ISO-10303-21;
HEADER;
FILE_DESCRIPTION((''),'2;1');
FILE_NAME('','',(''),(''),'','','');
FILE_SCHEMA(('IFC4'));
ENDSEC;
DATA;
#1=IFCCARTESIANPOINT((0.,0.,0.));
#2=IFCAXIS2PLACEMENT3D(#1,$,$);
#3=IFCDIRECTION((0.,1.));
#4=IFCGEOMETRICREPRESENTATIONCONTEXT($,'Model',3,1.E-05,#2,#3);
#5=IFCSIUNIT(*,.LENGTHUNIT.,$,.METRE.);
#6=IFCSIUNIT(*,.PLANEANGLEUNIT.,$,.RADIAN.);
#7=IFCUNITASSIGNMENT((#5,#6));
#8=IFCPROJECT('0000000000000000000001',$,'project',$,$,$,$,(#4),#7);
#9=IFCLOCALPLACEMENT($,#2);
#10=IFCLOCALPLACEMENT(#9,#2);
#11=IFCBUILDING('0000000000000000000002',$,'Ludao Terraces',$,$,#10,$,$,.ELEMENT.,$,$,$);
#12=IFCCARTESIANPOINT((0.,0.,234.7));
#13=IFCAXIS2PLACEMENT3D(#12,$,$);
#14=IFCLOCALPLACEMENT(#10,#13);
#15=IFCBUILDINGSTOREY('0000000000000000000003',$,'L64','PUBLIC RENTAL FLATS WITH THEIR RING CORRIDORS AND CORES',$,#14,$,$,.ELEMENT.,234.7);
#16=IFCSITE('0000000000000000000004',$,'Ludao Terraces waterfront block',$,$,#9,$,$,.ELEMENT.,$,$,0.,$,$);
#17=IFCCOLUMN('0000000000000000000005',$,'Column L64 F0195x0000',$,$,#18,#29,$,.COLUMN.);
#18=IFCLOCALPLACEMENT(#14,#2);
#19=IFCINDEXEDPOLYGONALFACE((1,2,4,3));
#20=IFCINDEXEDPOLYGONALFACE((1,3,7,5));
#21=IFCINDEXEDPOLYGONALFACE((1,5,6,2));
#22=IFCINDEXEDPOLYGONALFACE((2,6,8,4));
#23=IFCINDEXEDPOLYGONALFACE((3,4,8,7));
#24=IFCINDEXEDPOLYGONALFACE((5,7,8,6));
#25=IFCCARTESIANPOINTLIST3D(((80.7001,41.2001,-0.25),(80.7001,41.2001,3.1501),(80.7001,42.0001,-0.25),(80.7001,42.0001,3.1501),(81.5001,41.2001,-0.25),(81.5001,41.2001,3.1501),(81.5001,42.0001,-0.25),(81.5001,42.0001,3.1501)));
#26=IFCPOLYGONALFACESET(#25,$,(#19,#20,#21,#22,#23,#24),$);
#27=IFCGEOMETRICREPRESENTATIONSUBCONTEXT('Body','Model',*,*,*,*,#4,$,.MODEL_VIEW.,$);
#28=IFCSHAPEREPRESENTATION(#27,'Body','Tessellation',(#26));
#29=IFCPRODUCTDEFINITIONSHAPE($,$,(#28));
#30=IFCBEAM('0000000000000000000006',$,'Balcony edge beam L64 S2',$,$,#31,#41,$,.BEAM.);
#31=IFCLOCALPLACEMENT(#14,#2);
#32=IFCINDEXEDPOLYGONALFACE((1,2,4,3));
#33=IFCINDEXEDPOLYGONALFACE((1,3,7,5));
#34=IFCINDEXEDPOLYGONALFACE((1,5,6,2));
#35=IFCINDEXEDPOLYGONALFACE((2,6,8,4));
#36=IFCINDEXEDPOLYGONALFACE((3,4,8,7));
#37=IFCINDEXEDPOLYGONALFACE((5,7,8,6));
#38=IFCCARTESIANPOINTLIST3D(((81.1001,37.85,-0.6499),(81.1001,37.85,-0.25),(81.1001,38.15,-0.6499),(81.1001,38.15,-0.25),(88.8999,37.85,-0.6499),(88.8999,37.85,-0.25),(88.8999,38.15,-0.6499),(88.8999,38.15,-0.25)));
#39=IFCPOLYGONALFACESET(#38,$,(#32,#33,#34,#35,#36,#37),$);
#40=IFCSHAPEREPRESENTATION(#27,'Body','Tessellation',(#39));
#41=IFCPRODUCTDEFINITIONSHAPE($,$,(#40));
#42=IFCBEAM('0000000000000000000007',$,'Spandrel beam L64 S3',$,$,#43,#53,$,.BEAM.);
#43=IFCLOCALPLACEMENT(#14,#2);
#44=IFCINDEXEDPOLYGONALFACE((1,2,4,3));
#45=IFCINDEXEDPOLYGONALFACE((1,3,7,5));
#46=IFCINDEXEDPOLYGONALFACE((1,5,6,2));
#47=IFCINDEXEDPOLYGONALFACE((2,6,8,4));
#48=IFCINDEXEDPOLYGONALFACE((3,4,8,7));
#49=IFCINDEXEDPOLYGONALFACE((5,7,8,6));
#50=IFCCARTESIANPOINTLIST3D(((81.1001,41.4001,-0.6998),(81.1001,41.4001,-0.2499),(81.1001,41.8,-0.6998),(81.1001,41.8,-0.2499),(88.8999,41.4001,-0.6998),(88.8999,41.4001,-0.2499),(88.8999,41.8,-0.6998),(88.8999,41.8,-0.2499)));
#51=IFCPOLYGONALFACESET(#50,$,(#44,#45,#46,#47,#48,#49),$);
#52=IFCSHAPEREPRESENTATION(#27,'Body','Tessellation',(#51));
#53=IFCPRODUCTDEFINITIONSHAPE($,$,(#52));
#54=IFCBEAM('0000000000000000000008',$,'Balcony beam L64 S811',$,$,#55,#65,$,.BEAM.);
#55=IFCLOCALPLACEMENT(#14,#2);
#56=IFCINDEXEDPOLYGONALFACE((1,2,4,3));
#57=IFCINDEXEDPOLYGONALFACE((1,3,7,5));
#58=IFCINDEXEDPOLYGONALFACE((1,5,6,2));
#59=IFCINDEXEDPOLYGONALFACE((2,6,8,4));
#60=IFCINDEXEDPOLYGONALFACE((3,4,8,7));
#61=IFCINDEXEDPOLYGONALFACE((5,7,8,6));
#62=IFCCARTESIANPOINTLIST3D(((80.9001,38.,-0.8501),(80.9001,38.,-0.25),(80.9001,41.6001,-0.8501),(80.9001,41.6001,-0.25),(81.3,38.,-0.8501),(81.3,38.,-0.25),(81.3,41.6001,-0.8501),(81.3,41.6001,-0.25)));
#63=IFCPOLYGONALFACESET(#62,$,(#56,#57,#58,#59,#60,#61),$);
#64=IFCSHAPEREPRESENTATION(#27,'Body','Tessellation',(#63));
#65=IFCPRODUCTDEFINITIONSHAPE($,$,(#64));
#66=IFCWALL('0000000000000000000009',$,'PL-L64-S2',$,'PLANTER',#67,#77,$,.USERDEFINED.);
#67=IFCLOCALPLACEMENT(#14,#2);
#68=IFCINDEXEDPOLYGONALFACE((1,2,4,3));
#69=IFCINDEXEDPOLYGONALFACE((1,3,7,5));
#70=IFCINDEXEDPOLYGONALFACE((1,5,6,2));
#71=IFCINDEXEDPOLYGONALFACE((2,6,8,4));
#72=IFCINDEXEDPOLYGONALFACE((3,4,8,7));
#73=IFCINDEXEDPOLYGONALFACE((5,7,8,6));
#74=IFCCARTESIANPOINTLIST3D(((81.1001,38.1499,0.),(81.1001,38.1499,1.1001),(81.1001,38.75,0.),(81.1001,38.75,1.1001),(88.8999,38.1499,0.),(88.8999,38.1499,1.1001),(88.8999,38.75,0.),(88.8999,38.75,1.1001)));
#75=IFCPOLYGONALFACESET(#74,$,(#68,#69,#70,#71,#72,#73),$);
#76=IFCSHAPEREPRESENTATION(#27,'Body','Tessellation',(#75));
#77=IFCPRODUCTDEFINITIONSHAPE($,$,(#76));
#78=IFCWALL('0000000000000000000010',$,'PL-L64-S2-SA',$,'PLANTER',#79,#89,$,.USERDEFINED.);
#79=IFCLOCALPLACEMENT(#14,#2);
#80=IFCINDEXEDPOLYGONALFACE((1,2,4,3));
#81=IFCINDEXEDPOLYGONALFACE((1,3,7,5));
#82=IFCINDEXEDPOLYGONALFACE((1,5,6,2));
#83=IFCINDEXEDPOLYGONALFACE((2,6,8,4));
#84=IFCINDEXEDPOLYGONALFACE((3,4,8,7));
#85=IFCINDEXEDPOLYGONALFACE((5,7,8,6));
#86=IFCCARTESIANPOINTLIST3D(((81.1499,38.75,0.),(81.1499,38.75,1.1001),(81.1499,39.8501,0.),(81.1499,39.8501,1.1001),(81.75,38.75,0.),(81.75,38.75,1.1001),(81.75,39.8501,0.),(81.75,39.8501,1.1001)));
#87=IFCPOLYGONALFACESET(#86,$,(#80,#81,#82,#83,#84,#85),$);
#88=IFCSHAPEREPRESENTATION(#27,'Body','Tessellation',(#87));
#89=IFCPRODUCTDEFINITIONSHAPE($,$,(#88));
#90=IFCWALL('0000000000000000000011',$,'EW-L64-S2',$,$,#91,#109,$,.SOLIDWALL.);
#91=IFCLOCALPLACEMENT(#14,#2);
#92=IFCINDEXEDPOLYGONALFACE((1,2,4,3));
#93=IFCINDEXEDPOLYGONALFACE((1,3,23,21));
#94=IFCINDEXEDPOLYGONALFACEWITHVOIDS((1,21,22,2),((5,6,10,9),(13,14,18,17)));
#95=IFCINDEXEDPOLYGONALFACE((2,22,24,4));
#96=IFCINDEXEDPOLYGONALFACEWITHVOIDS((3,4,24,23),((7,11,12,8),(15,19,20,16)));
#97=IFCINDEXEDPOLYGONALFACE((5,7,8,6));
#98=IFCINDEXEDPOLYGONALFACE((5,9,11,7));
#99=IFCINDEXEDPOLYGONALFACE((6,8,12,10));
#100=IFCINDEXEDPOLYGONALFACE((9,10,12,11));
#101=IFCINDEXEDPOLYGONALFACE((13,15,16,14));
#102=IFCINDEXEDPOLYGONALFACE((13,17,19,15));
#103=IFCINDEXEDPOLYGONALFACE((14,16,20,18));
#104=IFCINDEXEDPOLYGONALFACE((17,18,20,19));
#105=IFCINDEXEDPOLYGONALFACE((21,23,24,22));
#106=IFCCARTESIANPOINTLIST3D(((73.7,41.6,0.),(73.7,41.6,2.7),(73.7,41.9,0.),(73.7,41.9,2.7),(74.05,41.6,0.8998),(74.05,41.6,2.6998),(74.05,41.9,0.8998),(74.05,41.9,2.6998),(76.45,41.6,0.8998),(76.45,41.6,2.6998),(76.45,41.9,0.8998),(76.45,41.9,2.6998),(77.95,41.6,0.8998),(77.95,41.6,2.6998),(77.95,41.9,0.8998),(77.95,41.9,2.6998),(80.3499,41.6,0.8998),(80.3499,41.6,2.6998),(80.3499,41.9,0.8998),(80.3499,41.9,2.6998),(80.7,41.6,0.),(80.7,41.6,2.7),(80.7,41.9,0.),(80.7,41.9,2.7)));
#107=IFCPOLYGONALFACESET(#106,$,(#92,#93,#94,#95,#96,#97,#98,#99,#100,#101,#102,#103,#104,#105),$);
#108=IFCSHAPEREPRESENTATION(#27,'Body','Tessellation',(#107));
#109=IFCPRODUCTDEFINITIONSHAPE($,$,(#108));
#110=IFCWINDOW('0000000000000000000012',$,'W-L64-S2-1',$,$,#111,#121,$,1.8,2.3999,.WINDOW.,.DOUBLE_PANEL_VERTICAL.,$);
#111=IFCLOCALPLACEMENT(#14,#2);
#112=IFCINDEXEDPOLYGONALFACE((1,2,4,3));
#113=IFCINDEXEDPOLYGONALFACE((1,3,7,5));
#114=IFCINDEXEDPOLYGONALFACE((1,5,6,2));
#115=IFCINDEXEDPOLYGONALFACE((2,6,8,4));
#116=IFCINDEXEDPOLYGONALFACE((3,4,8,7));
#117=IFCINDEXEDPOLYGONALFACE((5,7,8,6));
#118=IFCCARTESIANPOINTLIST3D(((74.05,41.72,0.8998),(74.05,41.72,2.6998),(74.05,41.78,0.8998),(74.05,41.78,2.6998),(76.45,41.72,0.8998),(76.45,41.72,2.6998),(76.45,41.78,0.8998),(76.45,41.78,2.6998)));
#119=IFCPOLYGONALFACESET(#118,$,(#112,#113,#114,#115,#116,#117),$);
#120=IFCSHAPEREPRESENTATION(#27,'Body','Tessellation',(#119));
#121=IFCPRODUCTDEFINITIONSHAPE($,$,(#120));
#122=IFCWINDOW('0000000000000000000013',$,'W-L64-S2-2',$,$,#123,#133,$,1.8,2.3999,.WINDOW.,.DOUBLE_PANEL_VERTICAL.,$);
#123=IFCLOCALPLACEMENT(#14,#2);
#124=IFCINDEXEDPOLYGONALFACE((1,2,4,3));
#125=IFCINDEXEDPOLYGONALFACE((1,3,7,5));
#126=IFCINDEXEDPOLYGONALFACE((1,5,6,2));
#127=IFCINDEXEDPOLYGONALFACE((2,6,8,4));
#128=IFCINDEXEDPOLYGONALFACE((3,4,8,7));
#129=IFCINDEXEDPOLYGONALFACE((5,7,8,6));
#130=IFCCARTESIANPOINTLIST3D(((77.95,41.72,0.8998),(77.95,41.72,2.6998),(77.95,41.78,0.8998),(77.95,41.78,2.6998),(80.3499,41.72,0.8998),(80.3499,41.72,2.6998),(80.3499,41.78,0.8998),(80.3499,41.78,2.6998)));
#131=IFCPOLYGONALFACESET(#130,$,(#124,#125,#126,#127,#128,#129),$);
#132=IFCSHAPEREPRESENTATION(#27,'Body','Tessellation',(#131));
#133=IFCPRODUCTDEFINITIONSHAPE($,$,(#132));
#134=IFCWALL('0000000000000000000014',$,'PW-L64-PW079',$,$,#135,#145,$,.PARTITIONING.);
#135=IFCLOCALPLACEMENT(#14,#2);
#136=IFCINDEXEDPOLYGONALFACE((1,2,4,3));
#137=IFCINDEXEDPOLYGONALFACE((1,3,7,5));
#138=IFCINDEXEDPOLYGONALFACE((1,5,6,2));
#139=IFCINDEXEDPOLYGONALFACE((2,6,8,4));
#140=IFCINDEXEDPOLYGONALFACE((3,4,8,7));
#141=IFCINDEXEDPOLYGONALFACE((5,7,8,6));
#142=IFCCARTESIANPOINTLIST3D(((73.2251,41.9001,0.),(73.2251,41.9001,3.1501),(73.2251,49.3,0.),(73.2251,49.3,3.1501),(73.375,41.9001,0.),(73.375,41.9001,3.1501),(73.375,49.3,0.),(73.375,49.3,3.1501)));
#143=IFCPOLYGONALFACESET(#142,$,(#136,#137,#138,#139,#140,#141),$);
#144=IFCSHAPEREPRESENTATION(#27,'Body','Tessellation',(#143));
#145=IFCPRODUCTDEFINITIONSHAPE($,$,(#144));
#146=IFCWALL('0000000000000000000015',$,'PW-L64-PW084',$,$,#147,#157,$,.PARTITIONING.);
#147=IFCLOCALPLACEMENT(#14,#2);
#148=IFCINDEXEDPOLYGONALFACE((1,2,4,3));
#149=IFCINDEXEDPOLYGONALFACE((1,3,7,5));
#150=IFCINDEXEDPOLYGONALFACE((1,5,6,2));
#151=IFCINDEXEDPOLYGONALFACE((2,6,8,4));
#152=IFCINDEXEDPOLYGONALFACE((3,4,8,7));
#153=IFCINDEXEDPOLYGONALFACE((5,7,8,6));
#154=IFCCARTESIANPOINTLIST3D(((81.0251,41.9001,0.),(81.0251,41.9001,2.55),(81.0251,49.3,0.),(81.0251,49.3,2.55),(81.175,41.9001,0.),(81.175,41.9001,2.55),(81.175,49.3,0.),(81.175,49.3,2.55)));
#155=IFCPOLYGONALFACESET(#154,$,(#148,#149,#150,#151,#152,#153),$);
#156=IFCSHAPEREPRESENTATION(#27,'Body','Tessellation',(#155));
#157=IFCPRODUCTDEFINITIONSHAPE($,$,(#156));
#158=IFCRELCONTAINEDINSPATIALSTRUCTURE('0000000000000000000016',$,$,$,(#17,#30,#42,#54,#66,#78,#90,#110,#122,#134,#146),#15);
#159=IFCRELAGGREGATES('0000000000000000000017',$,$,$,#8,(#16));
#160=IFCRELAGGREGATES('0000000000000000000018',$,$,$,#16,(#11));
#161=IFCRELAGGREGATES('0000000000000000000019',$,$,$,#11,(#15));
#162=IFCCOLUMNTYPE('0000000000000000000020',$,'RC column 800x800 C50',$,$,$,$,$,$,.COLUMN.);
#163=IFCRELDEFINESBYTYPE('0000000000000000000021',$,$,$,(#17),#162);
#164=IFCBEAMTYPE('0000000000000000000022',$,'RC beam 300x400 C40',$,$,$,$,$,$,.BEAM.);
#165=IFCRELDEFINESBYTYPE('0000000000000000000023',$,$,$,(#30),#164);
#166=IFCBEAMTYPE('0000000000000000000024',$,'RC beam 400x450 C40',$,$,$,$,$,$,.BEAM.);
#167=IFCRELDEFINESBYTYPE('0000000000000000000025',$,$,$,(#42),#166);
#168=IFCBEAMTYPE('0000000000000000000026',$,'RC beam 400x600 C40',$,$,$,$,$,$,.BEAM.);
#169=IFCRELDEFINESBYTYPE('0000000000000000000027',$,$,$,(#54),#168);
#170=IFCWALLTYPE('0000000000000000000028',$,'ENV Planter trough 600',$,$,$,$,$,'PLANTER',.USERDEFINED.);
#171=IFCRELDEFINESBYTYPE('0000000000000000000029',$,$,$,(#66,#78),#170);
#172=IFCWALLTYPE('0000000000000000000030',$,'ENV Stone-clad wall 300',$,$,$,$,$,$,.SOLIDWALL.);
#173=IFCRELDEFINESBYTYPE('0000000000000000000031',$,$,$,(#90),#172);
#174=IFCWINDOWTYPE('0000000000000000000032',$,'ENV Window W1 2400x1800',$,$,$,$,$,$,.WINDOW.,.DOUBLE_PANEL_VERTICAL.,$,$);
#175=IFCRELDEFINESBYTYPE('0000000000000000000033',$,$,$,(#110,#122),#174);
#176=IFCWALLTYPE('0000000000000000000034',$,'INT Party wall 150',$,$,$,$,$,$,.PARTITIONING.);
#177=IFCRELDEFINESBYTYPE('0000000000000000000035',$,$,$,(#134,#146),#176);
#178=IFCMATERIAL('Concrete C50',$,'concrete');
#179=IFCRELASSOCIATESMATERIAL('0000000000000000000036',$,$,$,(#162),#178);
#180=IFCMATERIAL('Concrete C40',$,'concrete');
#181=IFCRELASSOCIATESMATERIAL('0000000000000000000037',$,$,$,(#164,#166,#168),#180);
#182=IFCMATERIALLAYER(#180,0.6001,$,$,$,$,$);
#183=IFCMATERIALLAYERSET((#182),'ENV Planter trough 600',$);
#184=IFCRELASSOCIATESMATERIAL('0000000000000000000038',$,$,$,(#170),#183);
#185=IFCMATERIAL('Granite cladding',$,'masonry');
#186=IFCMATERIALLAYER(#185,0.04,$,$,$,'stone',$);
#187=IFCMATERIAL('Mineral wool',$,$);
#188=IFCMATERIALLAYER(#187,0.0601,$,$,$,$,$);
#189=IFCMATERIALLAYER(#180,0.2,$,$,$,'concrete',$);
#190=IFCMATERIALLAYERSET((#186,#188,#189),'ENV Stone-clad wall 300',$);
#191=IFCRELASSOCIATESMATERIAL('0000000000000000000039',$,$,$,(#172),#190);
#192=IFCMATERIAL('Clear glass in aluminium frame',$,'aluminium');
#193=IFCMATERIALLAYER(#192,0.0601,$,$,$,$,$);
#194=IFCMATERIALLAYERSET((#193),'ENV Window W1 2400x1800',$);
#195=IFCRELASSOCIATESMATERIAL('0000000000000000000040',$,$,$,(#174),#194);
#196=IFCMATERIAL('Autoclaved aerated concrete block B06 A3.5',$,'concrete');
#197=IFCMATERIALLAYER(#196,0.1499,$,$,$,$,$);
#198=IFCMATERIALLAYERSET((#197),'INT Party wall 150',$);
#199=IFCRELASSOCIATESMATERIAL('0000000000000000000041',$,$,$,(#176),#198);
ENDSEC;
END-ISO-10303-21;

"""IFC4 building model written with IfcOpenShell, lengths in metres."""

from ifc_helpers import new_model, si_unit, direction, frame, frame_2d, origin, origin_2d, place, context, subcontext, project, spatial, rectangle, extrude, material, layer, layer_set, material_profile, profile_set, type_object, element, fill, save


model = new_model("IFC4")

# Units and contexts
model_context = context("Model", 3, precision=1e-05, world=origin(), true_north=direction((0.0, 1.0)))
body_context = subcontext(model_context, "Body", "Model", "MODEL_VIEW")
ifc_project = project(units=[si_unit("LENGTHUNIT", "METRE"), si_unit("PLANEANGLEUNIT", "RADIAN")], contexts=[model_context])

# Site, building, storey
site_placement = place(None, origin())
site = spatial("IfcSite", under=ifc_project, at=site_placement, Name="Ludao Terraces waterfront block", CompositionType="ELEMENT", RefElevation=0.0)
building_placement = place(site_placement, origin())
building = spatial("IfcBuilding", under=site, at=building_placement, Name="Ludao Terraces", CompositionType="ELEMENT")
storey_placement = place(building_placement, frame((0.0, 0.0, 234.7)))
storey = spatial("IfcBuildingStorey", under=building, at=storey_placement, Name="L64", Description="PUBLIC RENTAL FLATS WITH THEIR RING CORRIDORS AND CORES", CompositionType="ELEMENT", Elevation=234.7)

# Column
ifc_material_1 = material(Name="Concrete C50", Category="concrete")
ifc_material_profile_1 = material_profile(ifc_material_1, rectangle(XDim=0.8, YDim=0.8, at=origin_2d()), Name="800 X 800")
ifc_profile_set_1 = profile_set([ifc_material_profile_1], Name="Concrete C50")
column_type = type_object("IfcColumnType", Name="RC column 800x800 C50", PredefinedType="COLUMN", material=ifc_profile_set_1)
column_placement = place(storey_placement, frame((81.1001, 41.6001, -0.25), z_axis=(0.0, 0.0, 1.0), x_axis=(1.0, 0.0, 0.0)))
element("IfcColumn", 1, at=column_placement, inside=storey, type_object=column_type, Name="Column L64 F0195x0000", PredefinedType="COLUMN", context=body_context, shape_type="SweptSolid", body=[
    extrude(rectangle(XDim=0.8, YDim=0.8, at=origin_2d()), origin(), (0.0, 0.0, 1.0), 3.4001),
])

# Beams
ifc_material_2 = material(Name="Concrete C40", Category="concrete")
ifc_material_profile_2 = material_profile(ifc_material_2, rectangle(XDim=0.3, YDim=0.3999, at=origin_2d()), Name="300 X 400")
ifc_profile_set_2 = profile_set([ifc_material_profile_2], Name="Concrete C40")
beam_type_1 = type_object("IfcBeamType", Name="RC beam 300x400 C40", PredefinedType="BEAM", material=ifc_profile_set_2)
beam_1_placement = place(storey_placement, frame((81.1001, 38.0, -0.45), z_axis=(1.0, 0.0, 0.0), x_axis=(0.0, 1.0, 0.0)))
element("IfcBeam", 2, at=beam_1_placement, inside=storey, type_object=beam_type_1, Name="Balcony edge beam L64 S2", PredefinedType="BEAM", context=body_context, shape_type="SweptSolid", body=[
    extrude(rectangle(XDim=0.3, YDim=0.3999, at=origin_2d()), origin(), (0.0, 0.0, 1.0), 7.7998),
])
ifc_material_profile_3 = material_profile(ifc_material_2, rectangle(XDim=0.3999, YDim=0.45, at=origin_2d()), Name="400 X 450")
ifc_profile_set_3 = profile_set([ifc_material_profile_3], Name="Concrete C40")
beam_type_2 = type_object("IfcBeamType", Name="RC beam 400x450 C40", PredefinedType="BEAM", material=ifc_profile_set_3)
beam_2_placement = place(storey_placement, frame((81.1001, 41.6001, -0.4749), z_axis=(1.0, 0.0, 0.0), x_axis=(0.0, 1.0, 0.0)))
element("IfcBeam", 3, at=beam_2_placement, inside=storey, type_object=beam_type_2, Name="Spandrel beam L64 S3", PredefinedType="BEAM", context=body_context, shape_type="SweptSolid", body=[
    extrude(rectangle(XDim=0.3999, YDim=0.45, at=origin_2d()), origin(), (0.0, 0.0, 1.0), 7.7998),
])
ifc_material_profile_4 = material_profile(ifc_material_2, rectangle(XDim=0.3999, YDim=0.6001, at=origin_2d()), Name="400 X 600")
ifc_profile_set_4 = profile_set([ifc_material_profile_4], Name="Concrete C40")
beam_type_3 = type_object("IfcBeamType", Name="RC beam 400x600 C40", PredefinedType="BEAM", material=ifc_profile_set_4)
beam_3_placement = place(storey_placement, frame((81.1001, 41.6001, -0.55), z_axis=(0.0, -1.0, 0.0), x_axis=(1.0, 0.0, 0.0)))
element("IfcBeam", 4, at=beam_3_placement, inside=storey, type_object=beam_type_3, Name="Balcony beam L64 S811", PredefinedType="BEAM", context=body_context, shape_type="SweptSolid", body=[
    extrude(rectangle(XDim=0.3999, YDim=0.6001, at=origin_2d()), origin(), (0.0, 0.0, 1.0), 3.6001),
])

# Walls
ifc_layer_1 = layer(ifc_material_2, 0.6001)
ifc_layer_set_1 = layer_set([ifc_layer_1], Name="ENV Planter trough 600")
wall_type_1 = type_object("IfcWallType", Name="ENV Planter trough 600", ElementType="PLANTER", PredefinedType="USERDEFINED", material=ifc_layer_set_1)
wall_1_placement = place(storey_placement, frame((81.1001, 38.45, 0.0), z_axis=(0.0, 0.0, 1.0), x_axis=(1.0, 0.0, 0.0)))
element("IfcWall", 5, at=wall_1_placement, inside=storey, type_object=wall_type_1, Name="PL-L64-S2", ObjectType="PLANTER", PredefinedType="USERDEFINED", context=body_context, shape_type="SweptSolid", body=[
    extrude(rectangle(XDim=7.7998, YDim=0.6001, at=frame_2d((3.8999, 0.0))), origin(), (0.0, 0.0, 1.0), 1.1001),
])
wall_2_placement = place(storey_placement, frame((81.45, 38.75, 0.0), z_axis=(0.0, 0.0, 1.0), x_axis=(0.0, 1.0, 0.0)))
element("IfcWall", 6, at=wall_2_placement, inside=storey, type_object=wall_type_1, Name="PL-L64-S2-SA", ObjectType="PLANTER", PredefinedType="USERDEFINED", context=body_context, shape_type="SweptSolid", body=[
    extrude(rectangle(XDim=1.1001, YDim=0.6001, at=frame_2d((0.55, 0.0))), origin(), (0.0, 0.0, 1.0), 1.1001),
])

# Wall, openings, windows
ifc_material_3 = material(Name="Granite cladding", Category="masonry")
ifc_layer_2 = layer(ifc_material_3, 0.04, Category="stone")
ifc_material_4 = material(Name="Mineral wool")
ifc_layer_3 = layer(ifc_material_4, 0.0601)
ifc_layer_4 = layer(ifc_material_2, 0.2, Category="concrete")
ifc_layer_set_2 = layer_set([ifc_layer_2, ifc_layer_3, ifc_layer_4], Name="ENV Stone-clad wall 300")
wall_type_2 = type_object("IfcWallType", Name="ENV Stone-clad wall 300", PredefinedType="SOLIDWALL", material=ifc_layer_set_2)
wall_3_placement = place(storey_placement, frame((73.7, 41.75, 0.0), z_axis=(0.0, 0.0, 1.0), x_axis=(1.0, 0.0, 0.0)))
wall_3 = element("IfcWall", 7, at=wall_3_placement, inside=storey, type_object=wall_type_2, Name="EW-L64-S2", PredefinedType="SOLIDWALL", context=body_context, shape_type="SweptSolid", body=[
    extrude(rectangle(XDim=7.0, YDim=0.3, at=frame_2d((3.5, 0.0))), origin(), (0.0, 0.0, 1.0), 2.7),
])
opening_1_placement = place(wall_3_placement, frame((0.3501, 0.0, 0.8999)))
opening_1 = element("IfcOpeningElement", 8, at=opening_1_placement, cuts=wall_3, PredefinedType="OPENING", context=body_context, shape_type="SweptSolid", body=[
    extrude(rectangle(XDim=2.3999, YDim=1.8, at=frame_2d((1.2, 0.8999))), frame((0.0, 0.1602, 0.0), z_axis=(0.0, -1.0, 0.0), x_axis=(1.0, 0.0, 0.0)), (0.0, 0.0, 1.0), 0.3201),
])
opening_2_placement = place(wall_3_placement, frame((4.25, 0.0, 0.8999)))
opening_2 = element("IfcOpeningElement", 9, at=opening_2_placement, cuts=wall_3, PredefinedType="OPENING", context=body_context, shape_type="SweptSolid", body=[
    extrude(rectangle(XDim=2.3999, YDim=1.8, at=frame_2d((1.2, 0.8999))), frame((0.0, 0.1602, 0.0), z_axis=(0.0, -1.0, 0.0), x_axis=(1.0, 0.0, 0.0)), (0.0, 0.0, 1.0), 0.3201),
])
ifc_material_5 = material(Name="Clear glass in aluminium frame", Category="aluminium")
ifc_layer_5 = layer(ifc_material_5, 0.0601)
ifc_layer_set_3 = layer_set([ifc_layer_5], Name="ENV Window W1 2400x1800")
window_type = type_object("IfcWindowType", Name="ENV Window W1 2400x1800", PartitioningType="DOUBLE_PANEL_VERTICAL", PredefinedType="WINDOW", material=ifc_layer_set_3)
window_1_placement = place(opening_1_placement, origin())
window_1 = element("IfcWindow", 10, at=window_1_placement, inside=storey, type_object=window_type, Name="W-L64-S2-1", OverallHeight=1.8, OverallWidth=2.3999, PartitioningType="DOUBLE_PANEL_VERTICAL", PredefinedType="WINDOW", context=body_context, shape_type="SweptSolid", body=[
    extrude(rectangle(XDim=2.3999, YDim=1.8, at=frame_2d((1.2, 0.8999))), frame((0.0, 0.03, 0.0), z_axis=(0.0, -1.0, 0.0), x_axis=(1.0, 0.0, 0.0)), (0.0, 0.0, 1.0), 0.0601),
])
fill(opening_1, window_1)
window_2_placement = place(opening_2_placement, origin())
window_2 = element("IfcWindow", 11, at=window_2_placement, inside=storey, type_object=window_type, Name="W-L64-S2-2", OverallHeight=1.8, OverallWidth=2.3999, PartitioningType="DOUBLE_PANEL_VERTICAL", PredefinedType="WINDOW", context=body_context, shape_type="SweptSolid", body=[
    extrude(rectangle(XDim=2.3999, YDim=1.8, at=frame_2d((1.2, 0.8999))), frame((0.0, 0.03, 0.0), z_axis=(0.0, -1.0, 0.0), x_axis=(1.0, 0.0, 0.0)), (0.0, 0.0, 1.0), 0.0601),
])
fill(opening_2, window_2)

# Walls
ifc_material_6 = material(Name="Autoclaved aerated concrete block B06 A3.5", Category="concrete")
ifc_layer_6 = layer(ifc_material_6, 0.1499)
ifc_layer_set_4 = layer_set([ifc_layer_6], Name="INT Party wall 150")
wall_type_3 = type_object("IfcWallType", Name="INT Party wall 150", PredefinedType="PARTITIONING", material=ifc_layer_set_4)
wall_4_placement = place(storey_placement, frame((73.3, 41.9001, 0.0), z_axis=(0.0, 0.0, 1.0), x_axis=(0.0, 1.0, 0.0)))
element("IfcWall", 12, at=wall_4_placement, inside=storey, type_object=wall_type_3, Name="PW-L64-PW079", PredefinedType="PARTITIONING", context=body_context, shape_type="SweptSolid", body=[
    extrude(rectangle(XDim=7.3999, YDim=0.1499, at=frame_2d((3.7, 0.0))), origin(), (0.0, 0.0, 1.0), 3.1501),
])
wall_5_placement = place(storey_placement, frame((81.1001, 41.9001, 0.0), z_axis=(0.0, 0.0, 1.0), x_axis=(0.0, 1.0, 0.0)))
element("IfcWall", 13, at=wall_5_placement, inside=storey, type_object=wall_type_3, Name="PW-L64-PW084", PredefinedType="PARTITIONING", context=body_context, shape_type="SweptSolid", body=[
    extrude(rectangle(XDim=7.3999, YDim=0.1499, at=frame_2d((3.7, 0.0))), origin(), (0.0, 0.0, 1.0), 2.55),
])

save(model, "model.ifc")
